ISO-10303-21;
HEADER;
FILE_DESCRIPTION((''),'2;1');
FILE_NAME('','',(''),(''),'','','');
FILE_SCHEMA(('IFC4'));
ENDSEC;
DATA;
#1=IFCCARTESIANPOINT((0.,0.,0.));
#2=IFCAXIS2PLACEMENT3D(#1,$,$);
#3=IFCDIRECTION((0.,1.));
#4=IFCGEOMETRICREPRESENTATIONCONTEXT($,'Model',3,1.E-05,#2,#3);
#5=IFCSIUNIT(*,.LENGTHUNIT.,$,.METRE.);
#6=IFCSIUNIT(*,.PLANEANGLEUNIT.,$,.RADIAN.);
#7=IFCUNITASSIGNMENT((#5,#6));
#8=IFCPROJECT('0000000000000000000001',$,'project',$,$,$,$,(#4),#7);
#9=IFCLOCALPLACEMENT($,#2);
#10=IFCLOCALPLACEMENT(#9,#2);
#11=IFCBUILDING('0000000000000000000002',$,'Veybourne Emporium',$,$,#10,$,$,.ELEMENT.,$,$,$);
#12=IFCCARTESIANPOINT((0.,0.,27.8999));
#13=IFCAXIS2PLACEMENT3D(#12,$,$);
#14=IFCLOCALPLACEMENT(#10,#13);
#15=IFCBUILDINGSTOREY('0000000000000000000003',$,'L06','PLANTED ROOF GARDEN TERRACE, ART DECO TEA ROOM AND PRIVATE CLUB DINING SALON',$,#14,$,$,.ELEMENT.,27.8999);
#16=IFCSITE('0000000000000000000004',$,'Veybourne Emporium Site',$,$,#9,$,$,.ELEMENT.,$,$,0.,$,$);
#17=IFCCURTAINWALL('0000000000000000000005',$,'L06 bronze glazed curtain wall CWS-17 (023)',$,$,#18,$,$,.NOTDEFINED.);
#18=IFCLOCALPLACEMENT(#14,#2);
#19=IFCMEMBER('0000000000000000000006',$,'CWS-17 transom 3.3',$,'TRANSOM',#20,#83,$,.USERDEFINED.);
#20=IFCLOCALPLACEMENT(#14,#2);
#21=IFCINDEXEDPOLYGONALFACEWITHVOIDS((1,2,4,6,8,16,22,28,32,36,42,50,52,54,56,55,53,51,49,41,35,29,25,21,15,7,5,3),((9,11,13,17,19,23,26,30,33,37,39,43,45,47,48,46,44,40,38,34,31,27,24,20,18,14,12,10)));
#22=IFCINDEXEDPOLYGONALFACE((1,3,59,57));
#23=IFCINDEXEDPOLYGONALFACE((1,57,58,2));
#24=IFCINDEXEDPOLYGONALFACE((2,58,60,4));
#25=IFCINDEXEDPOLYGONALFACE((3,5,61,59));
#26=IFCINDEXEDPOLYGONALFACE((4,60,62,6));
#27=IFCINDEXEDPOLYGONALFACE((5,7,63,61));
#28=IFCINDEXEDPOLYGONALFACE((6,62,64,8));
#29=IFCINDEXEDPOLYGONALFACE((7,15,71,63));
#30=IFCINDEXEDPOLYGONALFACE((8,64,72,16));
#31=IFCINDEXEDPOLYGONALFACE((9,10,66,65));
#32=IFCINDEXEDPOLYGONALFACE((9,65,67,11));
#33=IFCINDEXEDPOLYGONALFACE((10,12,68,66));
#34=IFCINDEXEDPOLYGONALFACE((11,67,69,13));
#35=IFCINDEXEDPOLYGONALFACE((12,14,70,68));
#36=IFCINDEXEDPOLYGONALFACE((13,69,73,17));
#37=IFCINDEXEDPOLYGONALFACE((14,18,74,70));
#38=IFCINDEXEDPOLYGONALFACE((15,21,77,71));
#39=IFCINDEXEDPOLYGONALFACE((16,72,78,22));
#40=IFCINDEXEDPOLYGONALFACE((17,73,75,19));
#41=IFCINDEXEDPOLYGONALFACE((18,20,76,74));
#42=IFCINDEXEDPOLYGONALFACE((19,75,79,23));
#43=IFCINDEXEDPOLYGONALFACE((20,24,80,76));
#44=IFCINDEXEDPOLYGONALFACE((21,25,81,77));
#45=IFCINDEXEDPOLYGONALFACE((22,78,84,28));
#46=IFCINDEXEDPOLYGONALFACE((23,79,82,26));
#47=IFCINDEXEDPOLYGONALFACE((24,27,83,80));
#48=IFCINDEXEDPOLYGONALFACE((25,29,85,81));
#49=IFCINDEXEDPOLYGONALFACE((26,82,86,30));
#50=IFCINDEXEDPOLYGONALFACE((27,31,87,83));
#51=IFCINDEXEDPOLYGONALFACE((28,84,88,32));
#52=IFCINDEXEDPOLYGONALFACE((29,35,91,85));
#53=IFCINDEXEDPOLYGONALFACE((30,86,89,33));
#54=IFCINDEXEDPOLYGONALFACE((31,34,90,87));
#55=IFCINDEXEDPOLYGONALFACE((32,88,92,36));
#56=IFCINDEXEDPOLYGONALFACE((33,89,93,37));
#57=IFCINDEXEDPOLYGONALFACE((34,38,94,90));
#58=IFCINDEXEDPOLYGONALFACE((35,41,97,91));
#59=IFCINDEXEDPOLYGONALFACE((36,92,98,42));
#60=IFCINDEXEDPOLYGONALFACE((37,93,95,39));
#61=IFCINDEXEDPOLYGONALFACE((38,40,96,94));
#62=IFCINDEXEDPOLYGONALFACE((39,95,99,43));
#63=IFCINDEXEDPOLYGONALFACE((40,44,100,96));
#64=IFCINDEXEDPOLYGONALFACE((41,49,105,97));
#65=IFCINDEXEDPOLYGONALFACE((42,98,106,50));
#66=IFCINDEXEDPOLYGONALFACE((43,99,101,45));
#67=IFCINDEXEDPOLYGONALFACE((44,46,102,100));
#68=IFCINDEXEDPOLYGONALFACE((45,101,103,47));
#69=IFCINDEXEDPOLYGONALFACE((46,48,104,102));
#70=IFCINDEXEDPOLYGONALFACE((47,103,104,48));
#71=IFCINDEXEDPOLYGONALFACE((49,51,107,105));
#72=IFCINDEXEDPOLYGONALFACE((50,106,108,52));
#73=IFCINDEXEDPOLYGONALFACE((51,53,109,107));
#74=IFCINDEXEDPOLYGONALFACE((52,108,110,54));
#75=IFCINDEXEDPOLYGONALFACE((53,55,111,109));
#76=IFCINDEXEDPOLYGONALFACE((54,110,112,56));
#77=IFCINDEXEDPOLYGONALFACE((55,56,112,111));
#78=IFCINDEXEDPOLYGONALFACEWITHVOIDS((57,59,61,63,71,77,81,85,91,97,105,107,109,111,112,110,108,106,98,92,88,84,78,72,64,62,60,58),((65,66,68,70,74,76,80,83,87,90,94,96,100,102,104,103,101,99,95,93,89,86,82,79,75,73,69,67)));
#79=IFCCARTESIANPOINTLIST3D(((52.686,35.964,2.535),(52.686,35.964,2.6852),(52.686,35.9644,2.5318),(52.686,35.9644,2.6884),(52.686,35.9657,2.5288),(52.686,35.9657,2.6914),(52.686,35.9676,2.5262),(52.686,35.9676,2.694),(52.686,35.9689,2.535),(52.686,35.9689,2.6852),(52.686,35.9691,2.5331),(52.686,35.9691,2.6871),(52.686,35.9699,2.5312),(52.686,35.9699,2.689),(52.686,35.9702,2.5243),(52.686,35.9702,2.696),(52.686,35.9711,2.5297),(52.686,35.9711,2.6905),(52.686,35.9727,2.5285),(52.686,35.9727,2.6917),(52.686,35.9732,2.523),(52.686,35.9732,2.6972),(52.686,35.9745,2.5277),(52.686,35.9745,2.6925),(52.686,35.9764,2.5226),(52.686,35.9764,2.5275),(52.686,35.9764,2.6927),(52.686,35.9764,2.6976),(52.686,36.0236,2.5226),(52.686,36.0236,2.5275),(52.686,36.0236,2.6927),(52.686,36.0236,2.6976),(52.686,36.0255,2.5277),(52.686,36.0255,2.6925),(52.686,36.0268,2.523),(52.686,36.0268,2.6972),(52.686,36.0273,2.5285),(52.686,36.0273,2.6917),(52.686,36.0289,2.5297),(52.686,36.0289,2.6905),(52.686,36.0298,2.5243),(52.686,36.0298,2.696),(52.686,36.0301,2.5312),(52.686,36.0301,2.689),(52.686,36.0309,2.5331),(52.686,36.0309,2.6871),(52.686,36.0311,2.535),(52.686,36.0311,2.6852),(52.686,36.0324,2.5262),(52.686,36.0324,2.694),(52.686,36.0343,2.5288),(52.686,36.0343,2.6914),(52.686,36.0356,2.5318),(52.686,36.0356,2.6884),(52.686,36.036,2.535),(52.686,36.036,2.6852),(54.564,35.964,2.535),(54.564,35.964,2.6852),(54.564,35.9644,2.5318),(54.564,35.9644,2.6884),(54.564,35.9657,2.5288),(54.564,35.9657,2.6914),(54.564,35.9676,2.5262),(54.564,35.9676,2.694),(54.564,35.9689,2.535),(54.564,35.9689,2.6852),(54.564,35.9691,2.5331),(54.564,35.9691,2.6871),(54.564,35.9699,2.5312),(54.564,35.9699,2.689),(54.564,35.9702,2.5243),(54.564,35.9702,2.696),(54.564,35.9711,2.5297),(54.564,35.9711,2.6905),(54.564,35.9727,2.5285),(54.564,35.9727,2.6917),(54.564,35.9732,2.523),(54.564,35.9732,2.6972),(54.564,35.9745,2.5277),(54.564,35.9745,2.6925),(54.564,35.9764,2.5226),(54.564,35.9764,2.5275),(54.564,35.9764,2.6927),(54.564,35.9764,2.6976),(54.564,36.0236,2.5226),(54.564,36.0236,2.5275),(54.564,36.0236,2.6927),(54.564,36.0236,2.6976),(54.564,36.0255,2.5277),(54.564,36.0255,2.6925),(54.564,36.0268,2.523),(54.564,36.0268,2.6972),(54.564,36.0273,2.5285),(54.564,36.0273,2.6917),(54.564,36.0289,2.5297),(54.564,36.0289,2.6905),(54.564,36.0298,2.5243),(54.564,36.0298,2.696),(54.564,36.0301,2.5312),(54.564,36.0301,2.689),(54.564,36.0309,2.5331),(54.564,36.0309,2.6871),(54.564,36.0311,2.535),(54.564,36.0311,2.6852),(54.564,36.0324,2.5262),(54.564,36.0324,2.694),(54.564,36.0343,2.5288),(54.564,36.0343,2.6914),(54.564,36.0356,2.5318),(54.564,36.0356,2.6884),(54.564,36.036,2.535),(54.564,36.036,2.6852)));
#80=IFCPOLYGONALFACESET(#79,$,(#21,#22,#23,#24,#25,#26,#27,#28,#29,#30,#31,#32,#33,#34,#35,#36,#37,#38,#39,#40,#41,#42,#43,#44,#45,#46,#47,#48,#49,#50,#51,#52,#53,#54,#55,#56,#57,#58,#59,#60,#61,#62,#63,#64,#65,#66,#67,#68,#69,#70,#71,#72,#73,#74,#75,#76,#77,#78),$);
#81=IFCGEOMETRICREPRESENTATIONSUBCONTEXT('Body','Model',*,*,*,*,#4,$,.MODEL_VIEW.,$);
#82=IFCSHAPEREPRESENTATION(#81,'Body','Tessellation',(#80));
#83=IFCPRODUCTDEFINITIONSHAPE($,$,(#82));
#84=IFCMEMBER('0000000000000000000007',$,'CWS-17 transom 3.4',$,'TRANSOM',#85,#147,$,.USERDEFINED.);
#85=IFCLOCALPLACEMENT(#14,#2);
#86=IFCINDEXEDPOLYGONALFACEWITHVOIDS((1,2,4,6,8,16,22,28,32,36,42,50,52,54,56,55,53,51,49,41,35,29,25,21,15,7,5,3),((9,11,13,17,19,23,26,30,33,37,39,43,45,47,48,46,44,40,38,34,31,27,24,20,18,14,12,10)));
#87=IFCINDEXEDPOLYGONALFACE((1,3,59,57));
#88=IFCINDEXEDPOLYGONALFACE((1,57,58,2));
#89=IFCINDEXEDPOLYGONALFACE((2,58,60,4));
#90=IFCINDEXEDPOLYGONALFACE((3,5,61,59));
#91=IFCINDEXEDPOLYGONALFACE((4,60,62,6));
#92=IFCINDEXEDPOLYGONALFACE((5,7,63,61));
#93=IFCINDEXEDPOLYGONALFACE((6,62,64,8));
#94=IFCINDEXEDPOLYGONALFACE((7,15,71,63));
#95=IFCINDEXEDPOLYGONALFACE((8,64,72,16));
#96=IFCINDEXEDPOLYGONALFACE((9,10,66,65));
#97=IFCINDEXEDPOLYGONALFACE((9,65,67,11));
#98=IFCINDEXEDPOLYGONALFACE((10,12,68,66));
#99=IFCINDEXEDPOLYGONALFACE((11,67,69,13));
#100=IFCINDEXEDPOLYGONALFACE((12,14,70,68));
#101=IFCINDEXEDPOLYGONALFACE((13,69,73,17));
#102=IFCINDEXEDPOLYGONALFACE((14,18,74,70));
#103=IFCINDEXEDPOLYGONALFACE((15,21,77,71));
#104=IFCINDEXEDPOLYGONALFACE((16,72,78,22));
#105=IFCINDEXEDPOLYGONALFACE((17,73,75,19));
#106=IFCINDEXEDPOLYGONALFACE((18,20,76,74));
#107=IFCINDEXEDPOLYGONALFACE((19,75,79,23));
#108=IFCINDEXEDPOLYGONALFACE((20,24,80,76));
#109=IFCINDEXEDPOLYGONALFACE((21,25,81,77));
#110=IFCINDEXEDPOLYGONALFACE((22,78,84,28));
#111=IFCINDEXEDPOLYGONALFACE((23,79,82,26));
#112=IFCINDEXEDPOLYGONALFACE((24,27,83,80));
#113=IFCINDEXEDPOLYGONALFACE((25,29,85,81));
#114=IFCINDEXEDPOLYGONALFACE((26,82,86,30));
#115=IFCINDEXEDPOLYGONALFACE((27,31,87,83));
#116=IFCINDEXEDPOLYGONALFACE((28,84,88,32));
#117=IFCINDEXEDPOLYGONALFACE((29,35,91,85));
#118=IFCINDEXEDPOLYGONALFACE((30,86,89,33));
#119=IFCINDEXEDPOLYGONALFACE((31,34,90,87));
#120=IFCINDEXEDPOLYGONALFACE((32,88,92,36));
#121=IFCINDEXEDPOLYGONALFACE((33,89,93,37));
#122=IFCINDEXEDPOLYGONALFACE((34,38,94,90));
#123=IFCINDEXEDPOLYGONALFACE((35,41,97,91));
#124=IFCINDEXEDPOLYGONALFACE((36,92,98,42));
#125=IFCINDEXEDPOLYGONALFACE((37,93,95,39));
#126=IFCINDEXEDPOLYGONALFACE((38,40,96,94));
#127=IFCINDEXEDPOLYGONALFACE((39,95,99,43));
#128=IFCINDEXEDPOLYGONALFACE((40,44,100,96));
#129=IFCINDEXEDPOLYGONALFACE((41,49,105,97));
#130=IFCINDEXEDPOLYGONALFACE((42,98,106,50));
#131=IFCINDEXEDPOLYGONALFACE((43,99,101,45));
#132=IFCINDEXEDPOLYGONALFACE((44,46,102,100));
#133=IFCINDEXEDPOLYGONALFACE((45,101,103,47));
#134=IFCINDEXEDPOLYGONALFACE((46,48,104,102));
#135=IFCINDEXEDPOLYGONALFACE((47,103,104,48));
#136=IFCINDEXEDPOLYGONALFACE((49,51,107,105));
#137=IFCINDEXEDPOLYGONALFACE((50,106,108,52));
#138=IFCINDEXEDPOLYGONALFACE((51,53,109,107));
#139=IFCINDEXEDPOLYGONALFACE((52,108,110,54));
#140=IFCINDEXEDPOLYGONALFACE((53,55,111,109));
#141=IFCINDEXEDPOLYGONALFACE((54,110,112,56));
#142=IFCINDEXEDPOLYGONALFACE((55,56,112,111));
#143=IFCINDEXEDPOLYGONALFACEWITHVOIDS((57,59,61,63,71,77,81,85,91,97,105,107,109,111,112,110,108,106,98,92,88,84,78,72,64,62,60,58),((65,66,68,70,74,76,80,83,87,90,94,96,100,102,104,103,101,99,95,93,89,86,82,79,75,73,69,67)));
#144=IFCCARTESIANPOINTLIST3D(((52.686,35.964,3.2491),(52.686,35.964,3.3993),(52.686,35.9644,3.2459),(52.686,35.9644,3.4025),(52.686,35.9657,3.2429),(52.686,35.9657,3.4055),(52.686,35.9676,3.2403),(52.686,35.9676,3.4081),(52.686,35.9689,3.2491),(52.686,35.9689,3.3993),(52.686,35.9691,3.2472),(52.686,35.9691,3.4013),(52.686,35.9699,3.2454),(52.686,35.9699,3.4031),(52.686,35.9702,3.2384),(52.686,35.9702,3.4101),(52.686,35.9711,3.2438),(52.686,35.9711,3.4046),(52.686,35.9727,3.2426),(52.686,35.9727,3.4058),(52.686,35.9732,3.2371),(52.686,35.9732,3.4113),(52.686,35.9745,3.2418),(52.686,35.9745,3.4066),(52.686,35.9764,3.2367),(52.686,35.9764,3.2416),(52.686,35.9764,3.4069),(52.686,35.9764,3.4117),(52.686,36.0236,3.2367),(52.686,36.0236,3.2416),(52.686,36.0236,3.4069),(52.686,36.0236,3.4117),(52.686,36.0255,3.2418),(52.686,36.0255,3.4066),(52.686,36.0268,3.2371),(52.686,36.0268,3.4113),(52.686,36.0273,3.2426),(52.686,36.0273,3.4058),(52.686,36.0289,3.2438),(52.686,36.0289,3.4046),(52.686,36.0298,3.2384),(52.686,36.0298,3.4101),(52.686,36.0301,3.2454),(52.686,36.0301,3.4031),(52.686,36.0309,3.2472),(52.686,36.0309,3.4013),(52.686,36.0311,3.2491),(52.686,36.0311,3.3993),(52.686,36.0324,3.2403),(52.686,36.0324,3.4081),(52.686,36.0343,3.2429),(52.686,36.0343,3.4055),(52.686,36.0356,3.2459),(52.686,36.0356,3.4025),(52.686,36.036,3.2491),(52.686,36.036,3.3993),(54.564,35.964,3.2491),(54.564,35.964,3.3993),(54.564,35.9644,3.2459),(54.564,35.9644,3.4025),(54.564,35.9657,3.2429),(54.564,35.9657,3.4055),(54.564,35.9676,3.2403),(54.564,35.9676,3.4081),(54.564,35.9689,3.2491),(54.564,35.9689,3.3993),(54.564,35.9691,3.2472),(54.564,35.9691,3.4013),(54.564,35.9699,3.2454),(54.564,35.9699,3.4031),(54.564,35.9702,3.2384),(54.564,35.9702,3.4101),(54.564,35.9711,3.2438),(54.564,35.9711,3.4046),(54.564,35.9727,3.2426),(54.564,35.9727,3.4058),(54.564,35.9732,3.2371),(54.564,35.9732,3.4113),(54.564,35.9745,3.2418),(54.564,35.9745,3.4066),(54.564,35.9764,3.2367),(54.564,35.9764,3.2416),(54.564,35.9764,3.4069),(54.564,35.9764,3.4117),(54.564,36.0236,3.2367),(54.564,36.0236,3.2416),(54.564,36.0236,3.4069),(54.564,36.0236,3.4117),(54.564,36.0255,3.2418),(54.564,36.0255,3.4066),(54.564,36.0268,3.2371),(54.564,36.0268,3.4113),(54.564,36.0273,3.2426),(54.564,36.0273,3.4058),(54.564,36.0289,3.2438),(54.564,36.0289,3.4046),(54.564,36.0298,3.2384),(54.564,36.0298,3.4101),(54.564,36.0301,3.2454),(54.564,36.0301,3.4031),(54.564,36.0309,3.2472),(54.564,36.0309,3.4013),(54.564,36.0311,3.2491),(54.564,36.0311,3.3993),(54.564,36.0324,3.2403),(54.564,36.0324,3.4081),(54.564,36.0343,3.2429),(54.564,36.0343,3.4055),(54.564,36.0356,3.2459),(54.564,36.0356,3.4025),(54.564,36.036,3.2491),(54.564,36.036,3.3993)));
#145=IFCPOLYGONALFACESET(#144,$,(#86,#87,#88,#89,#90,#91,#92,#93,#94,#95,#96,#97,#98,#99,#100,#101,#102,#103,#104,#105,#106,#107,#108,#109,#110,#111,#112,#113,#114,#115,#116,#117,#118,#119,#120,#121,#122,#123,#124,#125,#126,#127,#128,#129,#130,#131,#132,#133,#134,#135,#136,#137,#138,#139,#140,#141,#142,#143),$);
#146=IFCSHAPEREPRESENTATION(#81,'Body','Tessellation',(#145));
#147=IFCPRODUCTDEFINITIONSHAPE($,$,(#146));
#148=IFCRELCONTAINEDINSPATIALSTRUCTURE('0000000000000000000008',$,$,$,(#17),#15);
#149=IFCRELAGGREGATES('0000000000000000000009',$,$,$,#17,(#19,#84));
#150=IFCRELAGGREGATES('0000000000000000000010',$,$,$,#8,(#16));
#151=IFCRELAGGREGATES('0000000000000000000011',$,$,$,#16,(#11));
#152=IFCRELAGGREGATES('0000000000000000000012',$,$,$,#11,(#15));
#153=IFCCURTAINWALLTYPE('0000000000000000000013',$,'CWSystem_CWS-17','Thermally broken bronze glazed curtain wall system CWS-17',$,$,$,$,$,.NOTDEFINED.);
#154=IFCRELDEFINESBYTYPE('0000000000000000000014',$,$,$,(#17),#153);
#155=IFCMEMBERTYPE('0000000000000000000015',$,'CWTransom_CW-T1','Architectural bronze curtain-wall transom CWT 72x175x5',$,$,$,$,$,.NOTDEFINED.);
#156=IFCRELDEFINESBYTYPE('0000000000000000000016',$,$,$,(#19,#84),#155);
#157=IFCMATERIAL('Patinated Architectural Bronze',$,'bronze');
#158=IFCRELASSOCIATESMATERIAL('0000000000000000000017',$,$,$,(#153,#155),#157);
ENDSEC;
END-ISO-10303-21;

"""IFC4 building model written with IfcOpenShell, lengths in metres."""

from ifc_helpers import new_model, si_unit, direction, frame, origin, origin_2d, place, context, subcontext, project, spatial, hollow_rectangle, extrude, material, material_profile, profile_set, type_object, element, aggregate, save


model = new_model("IFC4")

# Units and contexts
model_context = context("Model", 3, precision=1e-05, world=origin(), true_north=direction((0.0, 1.0)))
body_context = subcontext(model_context, "Body", "Model", "MODEL_VIEW")
ifc_project = project(units=[si_unit("LENGTHUNIT", "METRE"), si_unit("PLANEANGLEUNIT", "RADIAN")], contexts=[model_context])

# Site, building, storey
site_placement = place(None, origin())
site = spatial("IfcSite", under=ifc_project, at=site_placement, Name="Veybourne Emporium Site", CompositionType="ELEMENT", RefElevation=0.0)
building_placement = place(site_placement, origin())
building = spatial("IfcBuilding", under=site, at=building_placement, Name="Veybourne Emporium", CompositionType="ELEMENT")
storey_placement = place(building_placement, frame((0.0, 0.0, 27.8999)))
storey = spatial("IfcBuildingStorey", under=building, at=storey_placement, Name="L06", Description="PLANTED ROOF GARDEN TERRACE, ART DECO TEA ROOM AND PRIVATE CLUB DINING SALON", CompositionType="ELEMENT", Elevation=27.8999)

# Curtain wall, members
ifc_material_1 = material(Name="Patinated Architectural Bronze", Category="bronze")
curtain_wall_type = type_object("IfcCurtainWallType", Name="CWSystem_CWS-17", Description="Thermally broken bronze glazed curtain wall system CWS-17", PredefinedType="NOTDEFINED", material=ifc_material_1)
curtain_wall_placement = place(storey_placement, origin())
curtain_wall = element("IfcCurtainWall", 1, at=curtain_wall_placement, inside=storey, type_object=curtain_wall_type, Name="L06 bronze glazed curtain wall CWS-17 (023)", PredefinedType="NOTDEFINED")
ifc_material_profile_1 = material_profile(ifc_material_1, hollow_rectangle(XDim=0.072, YDim=0.175, WallThickness=0.0049, InnerFilletRadius=0.0076, OuterFilletRadius=0.0125, at=origin_2d()), Name="CWT 72x175x5")
ifc_profile_set_1 = profile_set([ifc_material_profile_1], Name="Patinated Architectural Bronze")
member_type_1 = type_object("IfcMemberType", Name="CWTransom_CW-T1", Description="Architectural bronze curtain-wall transom CWT 72x175x5", PredefinedType="NOTDEFINED", material=ifc_profile_set_1)
member_1_placement = place(storey_placement, frame((54.564, 36.0, 2.6101), z_axis=(-1.0, 0.0, 0.0), x_axis=(0.0, -1.0, 0.0)))
member_1 = element("IfcMember", 2, at=member_1_placement, type_object=member_type_1, Name="CWS-17 transom 3.3", ObjectType="TRANSOM", PredefinedType="USERDEFINED", context=body_context, shape_type="SweptSolid", body=[
    extrude(hollow_rectangle(XDim=0.072, YDim=0.175, WallThickness=0.0049, InnerFilletRadius=0.0076, OuterFilletRadius=0.0125, at=origin_2d()), origin(), (0.0, 0.0, 1.0), 1.8779),
])
member_2_placement = place(storey_placement, frame((54.564, 36.0, 3.3242), z_axis=(-1.0, 0.0, 0.0), x_axis=(0.0, -1.0, 0.0)))
member_2 = element("IfcMember", 3, at=member_2_placement, type_object=member_type_1, Name="CWS-17 transom 3.4", ObjectType="TRANSOM", PredefinedType="USERDEFINED", context=body_context, shape_type="SweptSolid", body=[
    extrude(hollow_rectangle(XDim=0.072, YDim=0.175, WallThickness=0.0049, InnerFilletRadius=0.0076, OuterFilletRadius=0.0125, at=origin_2d()), origin(), (0.0, 0.0, 1.0), 1.8779),
])

aggregate(curtain_wall, [member_1, member_2])

save(model, "model.ifc")
